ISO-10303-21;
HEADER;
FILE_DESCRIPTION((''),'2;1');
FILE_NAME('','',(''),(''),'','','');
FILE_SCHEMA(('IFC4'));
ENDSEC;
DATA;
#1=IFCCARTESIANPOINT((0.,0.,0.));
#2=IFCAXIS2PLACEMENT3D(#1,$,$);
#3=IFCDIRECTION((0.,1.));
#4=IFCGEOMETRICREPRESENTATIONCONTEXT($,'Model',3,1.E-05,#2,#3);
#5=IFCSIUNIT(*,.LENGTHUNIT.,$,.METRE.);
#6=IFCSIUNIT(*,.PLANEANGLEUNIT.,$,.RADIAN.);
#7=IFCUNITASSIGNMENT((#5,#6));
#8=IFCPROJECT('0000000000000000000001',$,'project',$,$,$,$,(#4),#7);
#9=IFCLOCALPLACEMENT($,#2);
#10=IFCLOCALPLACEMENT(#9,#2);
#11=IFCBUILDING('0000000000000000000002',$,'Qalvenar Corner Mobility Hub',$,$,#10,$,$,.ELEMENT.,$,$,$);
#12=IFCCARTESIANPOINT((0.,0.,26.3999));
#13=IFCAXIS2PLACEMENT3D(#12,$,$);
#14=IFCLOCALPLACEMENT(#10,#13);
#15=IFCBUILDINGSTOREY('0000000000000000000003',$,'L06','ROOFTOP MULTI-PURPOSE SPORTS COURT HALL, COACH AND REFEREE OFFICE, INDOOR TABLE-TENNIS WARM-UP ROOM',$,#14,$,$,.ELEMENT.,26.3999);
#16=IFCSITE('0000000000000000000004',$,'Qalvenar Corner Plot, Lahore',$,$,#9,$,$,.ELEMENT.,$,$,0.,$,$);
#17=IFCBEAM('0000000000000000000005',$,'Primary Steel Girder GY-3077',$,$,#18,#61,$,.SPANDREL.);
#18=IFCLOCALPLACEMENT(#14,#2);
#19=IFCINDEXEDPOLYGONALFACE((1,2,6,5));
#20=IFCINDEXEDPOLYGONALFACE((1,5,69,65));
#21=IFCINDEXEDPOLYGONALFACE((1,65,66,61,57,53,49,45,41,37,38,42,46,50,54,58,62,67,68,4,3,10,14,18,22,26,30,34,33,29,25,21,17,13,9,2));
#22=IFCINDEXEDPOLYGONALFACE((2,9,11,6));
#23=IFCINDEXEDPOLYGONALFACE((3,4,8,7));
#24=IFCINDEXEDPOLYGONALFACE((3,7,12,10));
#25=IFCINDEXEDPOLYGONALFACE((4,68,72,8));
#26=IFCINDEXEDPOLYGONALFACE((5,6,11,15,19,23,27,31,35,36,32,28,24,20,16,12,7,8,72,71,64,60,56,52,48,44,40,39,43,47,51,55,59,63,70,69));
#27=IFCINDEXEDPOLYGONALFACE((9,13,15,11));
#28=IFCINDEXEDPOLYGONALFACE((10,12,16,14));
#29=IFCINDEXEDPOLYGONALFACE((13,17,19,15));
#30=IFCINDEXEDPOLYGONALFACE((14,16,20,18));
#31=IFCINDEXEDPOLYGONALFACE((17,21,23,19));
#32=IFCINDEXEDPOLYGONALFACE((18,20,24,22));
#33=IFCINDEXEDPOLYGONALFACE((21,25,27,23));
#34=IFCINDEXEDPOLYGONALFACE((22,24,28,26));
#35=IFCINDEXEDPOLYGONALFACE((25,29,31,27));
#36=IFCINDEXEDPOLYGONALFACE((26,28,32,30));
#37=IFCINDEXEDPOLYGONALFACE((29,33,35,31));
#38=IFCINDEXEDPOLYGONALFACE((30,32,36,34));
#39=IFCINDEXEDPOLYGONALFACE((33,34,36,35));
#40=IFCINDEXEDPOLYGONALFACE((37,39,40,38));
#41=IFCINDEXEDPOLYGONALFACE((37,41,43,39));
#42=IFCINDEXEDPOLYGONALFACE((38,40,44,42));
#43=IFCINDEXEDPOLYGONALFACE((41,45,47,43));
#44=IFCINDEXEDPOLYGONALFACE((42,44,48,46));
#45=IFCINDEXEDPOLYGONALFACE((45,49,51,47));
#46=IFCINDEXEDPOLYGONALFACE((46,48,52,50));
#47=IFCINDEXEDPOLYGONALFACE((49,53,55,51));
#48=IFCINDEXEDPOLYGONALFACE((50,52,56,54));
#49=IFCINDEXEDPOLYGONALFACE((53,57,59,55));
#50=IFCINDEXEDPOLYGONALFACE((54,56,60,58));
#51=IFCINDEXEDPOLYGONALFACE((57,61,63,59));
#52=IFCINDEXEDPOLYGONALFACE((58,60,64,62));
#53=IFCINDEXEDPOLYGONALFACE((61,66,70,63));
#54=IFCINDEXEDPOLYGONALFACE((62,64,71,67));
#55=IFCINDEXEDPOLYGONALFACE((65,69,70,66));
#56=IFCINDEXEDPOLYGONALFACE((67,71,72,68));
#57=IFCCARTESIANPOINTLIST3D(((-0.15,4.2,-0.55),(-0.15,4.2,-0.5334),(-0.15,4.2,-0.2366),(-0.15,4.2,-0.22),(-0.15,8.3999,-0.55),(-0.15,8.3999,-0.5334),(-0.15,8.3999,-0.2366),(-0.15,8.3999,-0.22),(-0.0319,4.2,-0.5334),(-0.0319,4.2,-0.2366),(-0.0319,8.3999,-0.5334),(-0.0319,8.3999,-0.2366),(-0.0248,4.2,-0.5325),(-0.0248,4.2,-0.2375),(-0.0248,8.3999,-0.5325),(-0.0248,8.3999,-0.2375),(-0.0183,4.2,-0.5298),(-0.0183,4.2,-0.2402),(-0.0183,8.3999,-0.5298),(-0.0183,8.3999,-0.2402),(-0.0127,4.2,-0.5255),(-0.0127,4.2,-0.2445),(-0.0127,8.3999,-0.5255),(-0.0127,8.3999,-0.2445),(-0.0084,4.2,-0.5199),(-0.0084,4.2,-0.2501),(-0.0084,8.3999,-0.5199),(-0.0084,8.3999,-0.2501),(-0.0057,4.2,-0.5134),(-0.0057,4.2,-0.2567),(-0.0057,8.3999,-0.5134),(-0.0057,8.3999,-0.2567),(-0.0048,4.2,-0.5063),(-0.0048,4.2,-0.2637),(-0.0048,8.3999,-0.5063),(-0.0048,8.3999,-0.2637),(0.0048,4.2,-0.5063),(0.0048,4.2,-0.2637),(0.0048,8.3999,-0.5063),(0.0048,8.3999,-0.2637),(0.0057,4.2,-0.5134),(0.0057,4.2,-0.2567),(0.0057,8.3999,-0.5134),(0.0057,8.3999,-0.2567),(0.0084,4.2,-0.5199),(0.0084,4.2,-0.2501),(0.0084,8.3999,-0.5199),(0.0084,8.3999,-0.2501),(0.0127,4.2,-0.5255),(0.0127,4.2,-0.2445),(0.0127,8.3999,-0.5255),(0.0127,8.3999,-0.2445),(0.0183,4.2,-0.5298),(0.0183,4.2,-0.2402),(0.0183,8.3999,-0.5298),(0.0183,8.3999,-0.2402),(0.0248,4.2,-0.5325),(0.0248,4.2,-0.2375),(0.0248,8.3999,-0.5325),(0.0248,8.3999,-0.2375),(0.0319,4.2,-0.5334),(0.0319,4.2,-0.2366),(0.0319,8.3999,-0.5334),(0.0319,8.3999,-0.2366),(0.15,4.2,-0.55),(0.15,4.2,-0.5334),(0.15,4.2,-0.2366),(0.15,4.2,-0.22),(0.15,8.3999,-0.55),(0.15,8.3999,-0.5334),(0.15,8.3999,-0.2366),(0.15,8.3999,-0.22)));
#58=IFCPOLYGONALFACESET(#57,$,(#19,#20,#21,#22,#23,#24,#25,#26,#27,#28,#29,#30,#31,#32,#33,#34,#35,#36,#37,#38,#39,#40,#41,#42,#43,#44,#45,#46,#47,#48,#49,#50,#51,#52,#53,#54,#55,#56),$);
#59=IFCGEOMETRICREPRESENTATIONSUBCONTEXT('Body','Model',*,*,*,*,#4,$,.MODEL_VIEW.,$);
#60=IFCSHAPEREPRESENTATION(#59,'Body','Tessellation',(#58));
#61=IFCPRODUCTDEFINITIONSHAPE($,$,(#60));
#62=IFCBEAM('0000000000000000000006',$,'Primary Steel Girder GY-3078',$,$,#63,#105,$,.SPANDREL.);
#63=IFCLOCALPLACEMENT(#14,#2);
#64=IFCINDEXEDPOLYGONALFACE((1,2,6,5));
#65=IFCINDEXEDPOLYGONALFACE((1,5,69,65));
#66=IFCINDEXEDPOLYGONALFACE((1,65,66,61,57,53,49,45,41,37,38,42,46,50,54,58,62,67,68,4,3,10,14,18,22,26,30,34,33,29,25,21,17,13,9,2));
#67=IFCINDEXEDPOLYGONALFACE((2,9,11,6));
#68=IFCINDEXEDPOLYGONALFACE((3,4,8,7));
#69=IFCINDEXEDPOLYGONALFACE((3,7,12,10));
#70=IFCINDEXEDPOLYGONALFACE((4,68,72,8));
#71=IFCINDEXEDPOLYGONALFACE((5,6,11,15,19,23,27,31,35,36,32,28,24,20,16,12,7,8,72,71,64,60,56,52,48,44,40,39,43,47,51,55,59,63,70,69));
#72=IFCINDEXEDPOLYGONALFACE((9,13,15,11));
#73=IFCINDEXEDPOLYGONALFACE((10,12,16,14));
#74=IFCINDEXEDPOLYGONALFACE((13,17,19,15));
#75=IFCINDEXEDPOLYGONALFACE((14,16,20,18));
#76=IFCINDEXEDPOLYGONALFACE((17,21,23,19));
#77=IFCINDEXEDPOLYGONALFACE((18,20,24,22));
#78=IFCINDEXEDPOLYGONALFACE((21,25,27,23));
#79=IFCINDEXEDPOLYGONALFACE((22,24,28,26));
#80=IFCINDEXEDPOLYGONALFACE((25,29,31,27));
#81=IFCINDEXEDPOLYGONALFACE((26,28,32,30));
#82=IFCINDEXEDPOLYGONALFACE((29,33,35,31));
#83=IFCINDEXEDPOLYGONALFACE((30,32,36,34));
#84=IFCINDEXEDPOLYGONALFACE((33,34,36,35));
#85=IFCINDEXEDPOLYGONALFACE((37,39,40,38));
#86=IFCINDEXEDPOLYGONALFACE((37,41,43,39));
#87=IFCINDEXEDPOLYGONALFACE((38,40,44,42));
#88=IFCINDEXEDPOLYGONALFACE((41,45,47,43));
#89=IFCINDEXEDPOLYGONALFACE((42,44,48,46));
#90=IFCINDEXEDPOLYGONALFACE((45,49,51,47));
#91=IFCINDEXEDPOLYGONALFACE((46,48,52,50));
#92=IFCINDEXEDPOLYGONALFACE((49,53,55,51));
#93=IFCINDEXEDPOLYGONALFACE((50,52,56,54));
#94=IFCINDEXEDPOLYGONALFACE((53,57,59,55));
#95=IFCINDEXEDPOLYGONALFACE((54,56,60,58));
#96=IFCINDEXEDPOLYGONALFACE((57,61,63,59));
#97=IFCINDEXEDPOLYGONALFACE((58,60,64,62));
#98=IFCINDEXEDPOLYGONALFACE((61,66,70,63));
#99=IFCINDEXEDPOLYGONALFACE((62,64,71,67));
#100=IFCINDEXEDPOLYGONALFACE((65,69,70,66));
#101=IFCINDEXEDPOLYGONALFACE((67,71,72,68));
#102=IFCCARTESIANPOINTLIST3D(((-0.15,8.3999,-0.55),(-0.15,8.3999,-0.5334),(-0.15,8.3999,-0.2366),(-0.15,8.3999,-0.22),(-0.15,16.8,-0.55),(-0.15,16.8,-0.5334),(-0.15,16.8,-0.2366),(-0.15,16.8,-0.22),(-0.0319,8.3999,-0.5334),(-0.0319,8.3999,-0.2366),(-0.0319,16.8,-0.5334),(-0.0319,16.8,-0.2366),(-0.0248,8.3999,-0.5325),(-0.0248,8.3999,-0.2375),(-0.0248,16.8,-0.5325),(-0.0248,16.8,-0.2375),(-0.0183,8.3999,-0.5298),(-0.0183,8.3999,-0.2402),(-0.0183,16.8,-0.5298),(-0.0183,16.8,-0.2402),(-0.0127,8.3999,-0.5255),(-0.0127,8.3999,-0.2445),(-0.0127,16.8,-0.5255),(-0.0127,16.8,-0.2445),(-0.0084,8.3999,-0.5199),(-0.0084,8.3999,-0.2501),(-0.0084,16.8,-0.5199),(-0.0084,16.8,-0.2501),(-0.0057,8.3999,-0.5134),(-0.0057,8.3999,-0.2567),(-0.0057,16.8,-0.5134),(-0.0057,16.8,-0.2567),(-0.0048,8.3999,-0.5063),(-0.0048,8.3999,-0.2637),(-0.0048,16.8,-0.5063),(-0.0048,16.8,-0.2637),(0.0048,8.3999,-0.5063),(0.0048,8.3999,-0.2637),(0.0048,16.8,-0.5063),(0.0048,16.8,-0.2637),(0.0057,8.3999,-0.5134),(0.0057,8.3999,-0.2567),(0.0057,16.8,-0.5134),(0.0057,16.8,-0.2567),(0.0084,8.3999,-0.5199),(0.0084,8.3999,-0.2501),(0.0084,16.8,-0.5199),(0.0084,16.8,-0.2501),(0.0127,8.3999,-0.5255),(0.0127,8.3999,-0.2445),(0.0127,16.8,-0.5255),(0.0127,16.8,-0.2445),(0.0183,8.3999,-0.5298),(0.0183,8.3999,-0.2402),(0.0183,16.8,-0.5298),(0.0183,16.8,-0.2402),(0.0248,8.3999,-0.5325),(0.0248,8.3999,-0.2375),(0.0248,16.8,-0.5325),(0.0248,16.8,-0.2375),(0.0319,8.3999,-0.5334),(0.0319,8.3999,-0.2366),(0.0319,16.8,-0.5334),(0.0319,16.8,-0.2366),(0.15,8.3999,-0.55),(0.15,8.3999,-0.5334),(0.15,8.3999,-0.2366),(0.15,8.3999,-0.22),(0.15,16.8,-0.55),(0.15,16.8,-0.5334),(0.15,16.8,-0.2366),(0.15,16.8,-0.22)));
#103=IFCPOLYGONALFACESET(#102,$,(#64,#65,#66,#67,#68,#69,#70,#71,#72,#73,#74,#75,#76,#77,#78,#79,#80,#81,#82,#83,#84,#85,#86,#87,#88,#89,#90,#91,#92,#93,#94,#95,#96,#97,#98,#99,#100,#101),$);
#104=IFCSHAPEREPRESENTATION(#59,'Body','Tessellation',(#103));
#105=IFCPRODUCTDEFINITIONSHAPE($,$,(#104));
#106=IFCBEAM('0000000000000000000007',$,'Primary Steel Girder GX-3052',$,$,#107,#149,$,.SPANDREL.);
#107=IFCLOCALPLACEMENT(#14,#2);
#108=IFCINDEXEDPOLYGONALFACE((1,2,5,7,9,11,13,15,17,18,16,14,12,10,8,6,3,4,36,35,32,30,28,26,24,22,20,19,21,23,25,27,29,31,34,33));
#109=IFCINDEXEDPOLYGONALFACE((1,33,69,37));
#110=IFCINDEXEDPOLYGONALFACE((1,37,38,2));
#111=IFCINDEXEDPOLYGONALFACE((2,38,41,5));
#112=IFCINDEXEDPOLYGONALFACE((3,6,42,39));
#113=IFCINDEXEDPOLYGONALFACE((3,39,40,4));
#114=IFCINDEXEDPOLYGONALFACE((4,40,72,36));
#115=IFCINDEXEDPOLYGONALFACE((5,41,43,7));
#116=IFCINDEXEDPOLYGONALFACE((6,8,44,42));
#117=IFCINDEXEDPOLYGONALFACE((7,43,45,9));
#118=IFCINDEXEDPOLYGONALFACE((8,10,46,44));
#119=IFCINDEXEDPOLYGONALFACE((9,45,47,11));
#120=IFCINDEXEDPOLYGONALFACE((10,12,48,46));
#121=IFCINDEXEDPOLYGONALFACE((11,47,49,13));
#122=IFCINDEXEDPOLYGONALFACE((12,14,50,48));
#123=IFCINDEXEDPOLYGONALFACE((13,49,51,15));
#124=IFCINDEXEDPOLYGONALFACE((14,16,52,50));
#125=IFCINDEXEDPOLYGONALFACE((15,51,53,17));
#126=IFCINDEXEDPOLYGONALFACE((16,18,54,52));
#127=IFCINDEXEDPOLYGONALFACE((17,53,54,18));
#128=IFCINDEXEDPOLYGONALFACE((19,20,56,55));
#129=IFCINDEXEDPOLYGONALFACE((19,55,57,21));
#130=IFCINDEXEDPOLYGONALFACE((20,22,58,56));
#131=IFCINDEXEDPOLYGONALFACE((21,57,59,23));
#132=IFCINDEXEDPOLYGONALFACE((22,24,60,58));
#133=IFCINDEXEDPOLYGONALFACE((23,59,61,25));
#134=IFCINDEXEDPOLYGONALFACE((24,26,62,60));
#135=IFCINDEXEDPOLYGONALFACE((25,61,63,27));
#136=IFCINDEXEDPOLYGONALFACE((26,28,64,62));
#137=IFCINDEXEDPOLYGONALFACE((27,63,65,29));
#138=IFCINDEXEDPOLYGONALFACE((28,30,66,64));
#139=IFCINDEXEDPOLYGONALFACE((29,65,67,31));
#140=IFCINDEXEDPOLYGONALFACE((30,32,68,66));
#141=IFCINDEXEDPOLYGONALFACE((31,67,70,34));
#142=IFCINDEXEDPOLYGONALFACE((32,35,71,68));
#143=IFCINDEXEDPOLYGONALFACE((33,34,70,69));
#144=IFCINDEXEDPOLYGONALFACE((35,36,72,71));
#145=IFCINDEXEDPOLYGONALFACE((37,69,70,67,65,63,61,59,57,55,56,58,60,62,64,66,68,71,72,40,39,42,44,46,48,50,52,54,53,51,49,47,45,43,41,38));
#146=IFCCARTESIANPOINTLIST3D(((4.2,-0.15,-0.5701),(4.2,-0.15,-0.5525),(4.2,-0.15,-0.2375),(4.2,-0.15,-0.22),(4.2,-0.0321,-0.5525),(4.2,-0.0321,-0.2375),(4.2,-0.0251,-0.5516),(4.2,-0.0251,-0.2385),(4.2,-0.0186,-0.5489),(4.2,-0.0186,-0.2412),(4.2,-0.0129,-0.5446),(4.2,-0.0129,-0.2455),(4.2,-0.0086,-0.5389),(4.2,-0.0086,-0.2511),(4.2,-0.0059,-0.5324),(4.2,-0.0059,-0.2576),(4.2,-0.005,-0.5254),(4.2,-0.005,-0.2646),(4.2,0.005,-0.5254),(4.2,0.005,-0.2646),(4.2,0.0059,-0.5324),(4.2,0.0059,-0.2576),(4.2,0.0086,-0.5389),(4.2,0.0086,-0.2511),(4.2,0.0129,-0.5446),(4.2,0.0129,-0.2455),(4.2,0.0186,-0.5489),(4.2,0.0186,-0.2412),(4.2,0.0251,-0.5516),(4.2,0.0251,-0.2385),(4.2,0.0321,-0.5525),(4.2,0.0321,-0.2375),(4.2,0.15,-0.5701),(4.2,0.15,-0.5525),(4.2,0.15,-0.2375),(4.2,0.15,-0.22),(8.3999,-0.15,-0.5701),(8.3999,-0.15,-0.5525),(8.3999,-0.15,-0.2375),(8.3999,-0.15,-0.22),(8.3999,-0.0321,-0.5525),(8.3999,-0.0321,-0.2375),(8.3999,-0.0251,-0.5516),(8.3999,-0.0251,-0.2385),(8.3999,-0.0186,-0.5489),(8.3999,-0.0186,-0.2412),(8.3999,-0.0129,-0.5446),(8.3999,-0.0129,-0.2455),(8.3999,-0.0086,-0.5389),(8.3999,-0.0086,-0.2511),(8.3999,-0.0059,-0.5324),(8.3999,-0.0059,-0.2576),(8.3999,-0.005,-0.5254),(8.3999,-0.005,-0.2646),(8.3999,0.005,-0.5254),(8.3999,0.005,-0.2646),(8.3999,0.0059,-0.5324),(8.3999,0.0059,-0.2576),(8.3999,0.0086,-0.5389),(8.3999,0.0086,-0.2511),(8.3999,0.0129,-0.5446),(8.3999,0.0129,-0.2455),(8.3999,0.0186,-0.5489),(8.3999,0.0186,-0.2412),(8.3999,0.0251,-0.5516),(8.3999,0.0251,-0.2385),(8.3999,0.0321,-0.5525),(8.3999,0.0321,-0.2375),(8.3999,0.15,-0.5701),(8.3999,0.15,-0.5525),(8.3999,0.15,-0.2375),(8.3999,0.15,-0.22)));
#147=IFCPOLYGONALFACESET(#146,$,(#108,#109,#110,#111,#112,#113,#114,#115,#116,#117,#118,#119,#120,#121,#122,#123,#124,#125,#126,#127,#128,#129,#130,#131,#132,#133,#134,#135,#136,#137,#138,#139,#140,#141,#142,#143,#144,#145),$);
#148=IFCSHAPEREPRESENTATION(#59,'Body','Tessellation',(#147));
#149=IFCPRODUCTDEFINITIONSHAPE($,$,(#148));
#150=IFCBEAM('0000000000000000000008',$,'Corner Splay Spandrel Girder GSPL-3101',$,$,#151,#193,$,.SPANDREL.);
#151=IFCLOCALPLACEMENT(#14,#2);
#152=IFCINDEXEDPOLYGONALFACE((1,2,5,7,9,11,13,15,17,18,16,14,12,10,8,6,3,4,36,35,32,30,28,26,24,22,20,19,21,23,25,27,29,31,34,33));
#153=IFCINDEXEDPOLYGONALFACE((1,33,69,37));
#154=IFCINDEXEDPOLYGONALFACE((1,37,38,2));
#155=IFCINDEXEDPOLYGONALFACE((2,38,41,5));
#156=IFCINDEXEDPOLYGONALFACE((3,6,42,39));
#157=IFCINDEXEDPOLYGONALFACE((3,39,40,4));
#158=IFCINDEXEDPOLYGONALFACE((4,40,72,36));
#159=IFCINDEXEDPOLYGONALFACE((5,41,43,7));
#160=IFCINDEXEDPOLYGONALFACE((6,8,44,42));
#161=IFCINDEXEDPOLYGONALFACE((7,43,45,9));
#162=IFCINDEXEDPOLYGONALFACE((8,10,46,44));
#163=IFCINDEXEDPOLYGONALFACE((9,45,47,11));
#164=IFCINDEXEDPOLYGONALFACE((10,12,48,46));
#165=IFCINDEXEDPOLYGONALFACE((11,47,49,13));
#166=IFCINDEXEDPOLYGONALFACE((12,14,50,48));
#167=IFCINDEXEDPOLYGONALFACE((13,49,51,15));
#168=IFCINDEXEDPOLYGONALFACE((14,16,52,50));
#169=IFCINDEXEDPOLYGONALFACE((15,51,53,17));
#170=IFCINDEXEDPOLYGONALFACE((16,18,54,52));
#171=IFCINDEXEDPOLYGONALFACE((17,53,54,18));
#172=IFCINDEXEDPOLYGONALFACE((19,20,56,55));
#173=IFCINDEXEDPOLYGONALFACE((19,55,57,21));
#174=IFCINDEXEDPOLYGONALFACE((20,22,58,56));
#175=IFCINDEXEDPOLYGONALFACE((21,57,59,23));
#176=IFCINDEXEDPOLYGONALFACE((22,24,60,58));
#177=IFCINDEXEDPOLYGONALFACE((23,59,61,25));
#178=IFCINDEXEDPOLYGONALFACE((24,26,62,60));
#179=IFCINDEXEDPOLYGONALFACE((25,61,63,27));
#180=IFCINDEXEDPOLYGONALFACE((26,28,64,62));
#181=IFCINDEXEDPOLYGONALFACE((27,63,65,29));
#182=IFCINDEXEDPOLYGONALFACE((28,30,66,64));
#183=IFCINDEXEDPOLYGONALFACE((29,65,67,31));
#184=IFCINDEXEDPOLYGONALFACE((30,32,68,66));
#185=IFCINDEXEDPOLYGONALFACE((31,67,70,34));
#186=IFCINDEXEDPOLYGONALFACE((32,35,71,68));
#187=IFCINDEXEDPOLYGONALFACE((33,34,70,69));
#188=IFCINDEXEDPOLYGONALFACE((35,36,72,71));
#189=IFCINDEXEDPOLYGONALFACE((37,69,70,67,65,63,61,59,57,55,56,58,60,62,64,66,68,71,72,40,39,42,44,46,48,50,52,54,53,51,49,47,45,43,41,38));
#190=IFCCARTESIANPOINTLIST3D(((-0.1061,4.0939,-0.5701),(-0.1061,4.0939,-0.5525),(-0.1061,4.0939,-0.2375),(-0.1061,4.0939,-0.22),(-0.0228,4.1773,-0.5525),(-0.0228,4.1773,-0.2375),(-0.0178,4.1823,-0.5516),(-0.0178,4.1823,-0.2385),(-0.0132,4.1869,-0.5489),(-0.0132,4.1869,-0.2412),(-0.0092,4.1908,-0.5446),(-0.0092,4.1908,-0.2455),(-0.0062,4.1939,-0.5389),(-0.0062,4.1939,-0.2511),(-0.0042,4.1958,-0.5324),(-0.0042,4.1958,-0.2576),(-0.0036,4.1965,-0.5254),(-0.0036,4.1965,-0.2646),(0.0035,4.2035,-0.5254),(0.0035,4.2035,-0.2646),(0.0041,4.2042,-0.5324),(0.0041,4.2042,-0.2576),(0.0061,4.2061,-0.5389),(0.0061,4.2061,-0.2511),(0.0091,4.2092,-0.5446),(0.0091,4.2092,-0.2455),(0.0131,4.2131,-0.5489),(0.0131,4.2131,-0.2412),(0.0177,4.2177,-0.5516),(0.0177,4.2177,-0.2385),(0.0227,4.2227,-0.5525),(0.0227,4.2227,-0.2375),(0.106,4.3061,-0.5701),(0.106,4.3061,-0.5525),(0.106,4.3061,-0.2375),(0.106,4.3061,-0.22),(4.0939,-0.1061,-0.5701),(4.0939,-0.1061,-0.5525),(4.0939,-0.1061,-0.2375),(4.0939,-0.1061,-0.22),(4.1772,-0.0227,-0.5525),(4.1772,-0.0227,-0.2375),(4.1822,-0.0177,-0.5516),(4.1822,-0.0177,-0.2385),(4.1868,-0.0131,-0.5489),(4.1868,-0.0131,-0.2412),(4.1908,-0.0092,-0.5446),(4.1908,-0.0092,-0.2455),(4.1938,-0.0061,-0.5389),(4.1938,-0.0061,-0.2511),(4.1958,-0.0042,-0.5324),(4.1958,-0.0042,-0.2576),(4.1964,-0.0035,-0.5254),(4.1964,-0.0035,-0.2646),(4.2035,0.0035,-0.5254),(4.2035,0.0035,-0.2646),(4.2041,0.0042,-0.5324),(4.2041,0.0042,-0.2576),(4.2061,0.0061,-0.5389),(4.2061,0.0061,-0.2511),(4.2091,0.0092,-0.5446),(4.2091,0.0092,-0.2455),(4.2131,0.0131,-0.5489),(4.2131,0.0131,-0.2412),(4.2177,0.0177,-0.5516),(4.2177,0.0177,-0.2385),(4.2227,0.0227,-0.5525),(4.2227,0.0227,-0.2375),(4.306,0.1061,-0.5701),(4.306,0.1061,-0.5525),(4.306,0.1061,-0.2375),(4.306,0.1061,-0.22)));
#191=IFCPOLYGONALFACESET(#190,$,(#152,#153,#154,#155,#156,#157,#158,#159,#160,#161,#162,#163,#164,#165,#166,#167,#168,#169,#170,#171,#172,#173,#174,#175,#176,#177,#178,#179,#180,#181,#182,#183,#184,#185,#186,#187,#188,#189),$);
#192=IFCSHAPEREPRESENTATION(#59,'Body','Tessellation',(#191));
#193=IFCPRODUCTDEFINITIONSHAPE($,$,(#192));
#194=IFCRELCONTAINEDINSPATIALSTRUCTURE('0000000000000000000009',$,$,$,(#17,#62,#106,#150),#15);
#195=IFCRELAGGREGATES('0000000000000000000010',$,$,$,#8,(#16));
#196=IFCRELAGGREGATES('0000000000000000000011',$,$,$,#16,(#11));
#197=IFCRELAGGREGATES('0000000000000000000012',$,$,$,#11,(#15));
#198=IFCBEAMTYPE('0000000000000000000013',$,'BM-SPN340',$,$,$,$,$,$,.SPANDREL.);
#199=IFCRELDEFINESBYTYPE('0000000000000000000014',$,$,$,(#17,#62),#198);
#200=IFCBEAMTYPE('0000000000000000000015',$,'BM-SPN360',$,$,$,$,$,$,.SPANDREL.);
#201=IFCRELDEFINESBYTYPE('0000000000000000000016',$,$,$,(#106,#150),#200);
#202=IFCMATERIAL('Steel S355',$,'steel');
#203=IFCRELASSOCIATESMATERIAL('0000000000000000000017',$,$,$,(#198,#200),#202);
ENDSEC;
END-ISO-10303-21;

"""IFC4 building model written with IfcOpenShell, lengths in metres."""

from ifc_helpers import new_model, si_unit, direction, frame, origin, origin_2d, place, context, subcontext, project, spatial, i_section, extrude, material, material_profile, profile_set, type_object, element, save


model = new_model("IFC4")

# Units and contexts
model_context = context("Model", 3, precision=1e-05, world=origin(), true_north=direction((0.0, 1.0)))
body_context = subcontext(model_context, "Body", "Model", "MODEL_VIEW")
ifc_project = project(units=[si_unit("LENGTHUNIT", "METRE"), si_unit("PLANEANGLEUNIT", "RADIAN")], contexts=[model_context])

# Site, building, storey
site_placement = place(None, origin())
site = spatial("IfcSite", under=ifc_project, at=site_placement, Name="Qalvenar Corner Plot, Lahore", CompositionType="ELEMENT", RefElevation=0.0)
building_placement = place(site_placement, origin())
building = spatial("IfcBuilding", under=site, at=building_placement, Name="Qalvenar Corner Mobility Hub", CompositionType="ELEMENT")
storey_placement = place(building_placement, frame((0.0, 0.0, 26.3999)))
storey = spatial("IfcBuildingStorey", under=building, at=storey_placement, Name="L06", Description="ROOFTOP MULTI-PURPOSE SPORTS COURT HALL, COACH AND REFEREE OFFICE, INDOOR TABLE-TENNIS WARM-UP ROOM", CompositionType="ELEMENT", Elevation=26.3999)

# Shared definitions
ifc_material_1 = material(Name="Steel S355", Category="steel")

# Beams
ifc_material_profile_1 = material_profile(ifc_material_1, i_section(OverallWidth=0.3, OverallDepth=0.3301, WebThickness=0.0095, FlangeThickness=0.0166, FilletRadius=0.0271, at=origin_2d()), Name="HEA340")
ifc_profile_set_1 = profile_set([ifc_material_profile_1], Name="Steel S355")
beam_type_1 = type_object("IfcBeamType", Name="BM-SPN340", PredefinedType="SPANDREL", material=ifc_profile_set_1)
beam_1_placement = place(storey_placement, frame((0.0, 4.2, -0.385), z_axis=(0.0, 1.0, 0.0), x_axis=(-1.0, 0.0, 0.0)))
element("IfcBeam", 1, at=beam_1_placement, inside=storey, type_object=beam_type_1, Name="Primary Steel Girder GY-3077", PredefinedType="SPANDREL", context=body_context, shape_type="SweptSolid", body=[
    extrude(i_section(OverallWidth=0.3, OverallDepth=0.3301, WebThickness=0.0095, FlangeThickness=0.0166, FilletRadius=0.0271, at=origin_2d()), origin(), (0.0, 0.0, 1.0), 4.2),
])
beam_2_placement = place(storey_placement, frame((0.0, 8.3999, -0.385), z_axis=(0.0, 1.0, 0.0), x_axis=(-1.0, 0.0, 0.0)))
element("IfcBeam", 2, at=beam_2_placement, inside=storey, type_object=beam_type_1, Name="Primary Steel Girder GY-3078", PredefinedType="SPANDREL", context=body_context, shape_type="SweptSolid", body=[
    extrude(i_section(OverallWidth=0.3, OverallDepth=0.3301, WebThickness=0.0095, FlangeThickness=0.0166, FilletRadius=0.0271, at=origin_2d()), origin(), (0.0, 0.0, 1.0), 8.4001),
])
ifc_material_profile_2 = material_profile(ifc_material_1, i_section(OverallWidth=0.3, OverallDepth=0.3501, WebThickness=0.01, FlangeThickness=0.0176, FilletRadius=0.0271, at=origin_2d()), Name="HEA360")
ifc_profile_set_2 = profile_set([ifc_material_profile_2], Name="Steel S355")
beam_type_2 = type_object("IfcBeamType", Name="BM-SPN360", PredefinedType="SPANDREL", material=ifc_profile_set_2)
beam_3_placement = place(storey_placement, frame((4.2, 0.0, -0.395), z_axis=(1.0, 0.0, 0.0), x_axis=(0.0, 1.0, 0.0)))
element("IfcBeam", 3, at=beam_3_placement, inside=storey, type_object=beam_type_2, Name="Primary Steel Girder GX-3052", PredefinedType="SPANDREL", context=body_context, shape_type="SweptSolid", body=[
    extrude(i_section(OverallWidth=0.3, OverallDepth=0.3501, WebThickness=0.01, FlangeThickness=0.0176, FilletRadius=0.0271, at=origin_2d()), origin(), (0.0, 0.0, 1.0), 4.2),
])
beam_4_placement = place(storey_placement, frame((4.2, 0.0, -0.395), z_axis=(-0.707107, 0.707107, 0.0), x_axis=(-0.707107, -0.707107, 0.0)))
element("IfcBeam", 4, at=beam_4_placement, inside=storey, type_object=beam_type_2, Name="Corner Splay Spandrel Girder GSPL-3101", PredefinedType="SPANDREL", context=body_context, shape_type="SweptSolid", body=[
    extrude(i_section(OverallWidth=0.3, OverallDepth=0.3501, WebThickness=0.01, FlangeThickness=0.0176, FilletRadius=0.0271, at=origin_2d()), origin(), (0.0, 0.0, 1.0), 5.9397),
])

save(model, "model.ifc")
